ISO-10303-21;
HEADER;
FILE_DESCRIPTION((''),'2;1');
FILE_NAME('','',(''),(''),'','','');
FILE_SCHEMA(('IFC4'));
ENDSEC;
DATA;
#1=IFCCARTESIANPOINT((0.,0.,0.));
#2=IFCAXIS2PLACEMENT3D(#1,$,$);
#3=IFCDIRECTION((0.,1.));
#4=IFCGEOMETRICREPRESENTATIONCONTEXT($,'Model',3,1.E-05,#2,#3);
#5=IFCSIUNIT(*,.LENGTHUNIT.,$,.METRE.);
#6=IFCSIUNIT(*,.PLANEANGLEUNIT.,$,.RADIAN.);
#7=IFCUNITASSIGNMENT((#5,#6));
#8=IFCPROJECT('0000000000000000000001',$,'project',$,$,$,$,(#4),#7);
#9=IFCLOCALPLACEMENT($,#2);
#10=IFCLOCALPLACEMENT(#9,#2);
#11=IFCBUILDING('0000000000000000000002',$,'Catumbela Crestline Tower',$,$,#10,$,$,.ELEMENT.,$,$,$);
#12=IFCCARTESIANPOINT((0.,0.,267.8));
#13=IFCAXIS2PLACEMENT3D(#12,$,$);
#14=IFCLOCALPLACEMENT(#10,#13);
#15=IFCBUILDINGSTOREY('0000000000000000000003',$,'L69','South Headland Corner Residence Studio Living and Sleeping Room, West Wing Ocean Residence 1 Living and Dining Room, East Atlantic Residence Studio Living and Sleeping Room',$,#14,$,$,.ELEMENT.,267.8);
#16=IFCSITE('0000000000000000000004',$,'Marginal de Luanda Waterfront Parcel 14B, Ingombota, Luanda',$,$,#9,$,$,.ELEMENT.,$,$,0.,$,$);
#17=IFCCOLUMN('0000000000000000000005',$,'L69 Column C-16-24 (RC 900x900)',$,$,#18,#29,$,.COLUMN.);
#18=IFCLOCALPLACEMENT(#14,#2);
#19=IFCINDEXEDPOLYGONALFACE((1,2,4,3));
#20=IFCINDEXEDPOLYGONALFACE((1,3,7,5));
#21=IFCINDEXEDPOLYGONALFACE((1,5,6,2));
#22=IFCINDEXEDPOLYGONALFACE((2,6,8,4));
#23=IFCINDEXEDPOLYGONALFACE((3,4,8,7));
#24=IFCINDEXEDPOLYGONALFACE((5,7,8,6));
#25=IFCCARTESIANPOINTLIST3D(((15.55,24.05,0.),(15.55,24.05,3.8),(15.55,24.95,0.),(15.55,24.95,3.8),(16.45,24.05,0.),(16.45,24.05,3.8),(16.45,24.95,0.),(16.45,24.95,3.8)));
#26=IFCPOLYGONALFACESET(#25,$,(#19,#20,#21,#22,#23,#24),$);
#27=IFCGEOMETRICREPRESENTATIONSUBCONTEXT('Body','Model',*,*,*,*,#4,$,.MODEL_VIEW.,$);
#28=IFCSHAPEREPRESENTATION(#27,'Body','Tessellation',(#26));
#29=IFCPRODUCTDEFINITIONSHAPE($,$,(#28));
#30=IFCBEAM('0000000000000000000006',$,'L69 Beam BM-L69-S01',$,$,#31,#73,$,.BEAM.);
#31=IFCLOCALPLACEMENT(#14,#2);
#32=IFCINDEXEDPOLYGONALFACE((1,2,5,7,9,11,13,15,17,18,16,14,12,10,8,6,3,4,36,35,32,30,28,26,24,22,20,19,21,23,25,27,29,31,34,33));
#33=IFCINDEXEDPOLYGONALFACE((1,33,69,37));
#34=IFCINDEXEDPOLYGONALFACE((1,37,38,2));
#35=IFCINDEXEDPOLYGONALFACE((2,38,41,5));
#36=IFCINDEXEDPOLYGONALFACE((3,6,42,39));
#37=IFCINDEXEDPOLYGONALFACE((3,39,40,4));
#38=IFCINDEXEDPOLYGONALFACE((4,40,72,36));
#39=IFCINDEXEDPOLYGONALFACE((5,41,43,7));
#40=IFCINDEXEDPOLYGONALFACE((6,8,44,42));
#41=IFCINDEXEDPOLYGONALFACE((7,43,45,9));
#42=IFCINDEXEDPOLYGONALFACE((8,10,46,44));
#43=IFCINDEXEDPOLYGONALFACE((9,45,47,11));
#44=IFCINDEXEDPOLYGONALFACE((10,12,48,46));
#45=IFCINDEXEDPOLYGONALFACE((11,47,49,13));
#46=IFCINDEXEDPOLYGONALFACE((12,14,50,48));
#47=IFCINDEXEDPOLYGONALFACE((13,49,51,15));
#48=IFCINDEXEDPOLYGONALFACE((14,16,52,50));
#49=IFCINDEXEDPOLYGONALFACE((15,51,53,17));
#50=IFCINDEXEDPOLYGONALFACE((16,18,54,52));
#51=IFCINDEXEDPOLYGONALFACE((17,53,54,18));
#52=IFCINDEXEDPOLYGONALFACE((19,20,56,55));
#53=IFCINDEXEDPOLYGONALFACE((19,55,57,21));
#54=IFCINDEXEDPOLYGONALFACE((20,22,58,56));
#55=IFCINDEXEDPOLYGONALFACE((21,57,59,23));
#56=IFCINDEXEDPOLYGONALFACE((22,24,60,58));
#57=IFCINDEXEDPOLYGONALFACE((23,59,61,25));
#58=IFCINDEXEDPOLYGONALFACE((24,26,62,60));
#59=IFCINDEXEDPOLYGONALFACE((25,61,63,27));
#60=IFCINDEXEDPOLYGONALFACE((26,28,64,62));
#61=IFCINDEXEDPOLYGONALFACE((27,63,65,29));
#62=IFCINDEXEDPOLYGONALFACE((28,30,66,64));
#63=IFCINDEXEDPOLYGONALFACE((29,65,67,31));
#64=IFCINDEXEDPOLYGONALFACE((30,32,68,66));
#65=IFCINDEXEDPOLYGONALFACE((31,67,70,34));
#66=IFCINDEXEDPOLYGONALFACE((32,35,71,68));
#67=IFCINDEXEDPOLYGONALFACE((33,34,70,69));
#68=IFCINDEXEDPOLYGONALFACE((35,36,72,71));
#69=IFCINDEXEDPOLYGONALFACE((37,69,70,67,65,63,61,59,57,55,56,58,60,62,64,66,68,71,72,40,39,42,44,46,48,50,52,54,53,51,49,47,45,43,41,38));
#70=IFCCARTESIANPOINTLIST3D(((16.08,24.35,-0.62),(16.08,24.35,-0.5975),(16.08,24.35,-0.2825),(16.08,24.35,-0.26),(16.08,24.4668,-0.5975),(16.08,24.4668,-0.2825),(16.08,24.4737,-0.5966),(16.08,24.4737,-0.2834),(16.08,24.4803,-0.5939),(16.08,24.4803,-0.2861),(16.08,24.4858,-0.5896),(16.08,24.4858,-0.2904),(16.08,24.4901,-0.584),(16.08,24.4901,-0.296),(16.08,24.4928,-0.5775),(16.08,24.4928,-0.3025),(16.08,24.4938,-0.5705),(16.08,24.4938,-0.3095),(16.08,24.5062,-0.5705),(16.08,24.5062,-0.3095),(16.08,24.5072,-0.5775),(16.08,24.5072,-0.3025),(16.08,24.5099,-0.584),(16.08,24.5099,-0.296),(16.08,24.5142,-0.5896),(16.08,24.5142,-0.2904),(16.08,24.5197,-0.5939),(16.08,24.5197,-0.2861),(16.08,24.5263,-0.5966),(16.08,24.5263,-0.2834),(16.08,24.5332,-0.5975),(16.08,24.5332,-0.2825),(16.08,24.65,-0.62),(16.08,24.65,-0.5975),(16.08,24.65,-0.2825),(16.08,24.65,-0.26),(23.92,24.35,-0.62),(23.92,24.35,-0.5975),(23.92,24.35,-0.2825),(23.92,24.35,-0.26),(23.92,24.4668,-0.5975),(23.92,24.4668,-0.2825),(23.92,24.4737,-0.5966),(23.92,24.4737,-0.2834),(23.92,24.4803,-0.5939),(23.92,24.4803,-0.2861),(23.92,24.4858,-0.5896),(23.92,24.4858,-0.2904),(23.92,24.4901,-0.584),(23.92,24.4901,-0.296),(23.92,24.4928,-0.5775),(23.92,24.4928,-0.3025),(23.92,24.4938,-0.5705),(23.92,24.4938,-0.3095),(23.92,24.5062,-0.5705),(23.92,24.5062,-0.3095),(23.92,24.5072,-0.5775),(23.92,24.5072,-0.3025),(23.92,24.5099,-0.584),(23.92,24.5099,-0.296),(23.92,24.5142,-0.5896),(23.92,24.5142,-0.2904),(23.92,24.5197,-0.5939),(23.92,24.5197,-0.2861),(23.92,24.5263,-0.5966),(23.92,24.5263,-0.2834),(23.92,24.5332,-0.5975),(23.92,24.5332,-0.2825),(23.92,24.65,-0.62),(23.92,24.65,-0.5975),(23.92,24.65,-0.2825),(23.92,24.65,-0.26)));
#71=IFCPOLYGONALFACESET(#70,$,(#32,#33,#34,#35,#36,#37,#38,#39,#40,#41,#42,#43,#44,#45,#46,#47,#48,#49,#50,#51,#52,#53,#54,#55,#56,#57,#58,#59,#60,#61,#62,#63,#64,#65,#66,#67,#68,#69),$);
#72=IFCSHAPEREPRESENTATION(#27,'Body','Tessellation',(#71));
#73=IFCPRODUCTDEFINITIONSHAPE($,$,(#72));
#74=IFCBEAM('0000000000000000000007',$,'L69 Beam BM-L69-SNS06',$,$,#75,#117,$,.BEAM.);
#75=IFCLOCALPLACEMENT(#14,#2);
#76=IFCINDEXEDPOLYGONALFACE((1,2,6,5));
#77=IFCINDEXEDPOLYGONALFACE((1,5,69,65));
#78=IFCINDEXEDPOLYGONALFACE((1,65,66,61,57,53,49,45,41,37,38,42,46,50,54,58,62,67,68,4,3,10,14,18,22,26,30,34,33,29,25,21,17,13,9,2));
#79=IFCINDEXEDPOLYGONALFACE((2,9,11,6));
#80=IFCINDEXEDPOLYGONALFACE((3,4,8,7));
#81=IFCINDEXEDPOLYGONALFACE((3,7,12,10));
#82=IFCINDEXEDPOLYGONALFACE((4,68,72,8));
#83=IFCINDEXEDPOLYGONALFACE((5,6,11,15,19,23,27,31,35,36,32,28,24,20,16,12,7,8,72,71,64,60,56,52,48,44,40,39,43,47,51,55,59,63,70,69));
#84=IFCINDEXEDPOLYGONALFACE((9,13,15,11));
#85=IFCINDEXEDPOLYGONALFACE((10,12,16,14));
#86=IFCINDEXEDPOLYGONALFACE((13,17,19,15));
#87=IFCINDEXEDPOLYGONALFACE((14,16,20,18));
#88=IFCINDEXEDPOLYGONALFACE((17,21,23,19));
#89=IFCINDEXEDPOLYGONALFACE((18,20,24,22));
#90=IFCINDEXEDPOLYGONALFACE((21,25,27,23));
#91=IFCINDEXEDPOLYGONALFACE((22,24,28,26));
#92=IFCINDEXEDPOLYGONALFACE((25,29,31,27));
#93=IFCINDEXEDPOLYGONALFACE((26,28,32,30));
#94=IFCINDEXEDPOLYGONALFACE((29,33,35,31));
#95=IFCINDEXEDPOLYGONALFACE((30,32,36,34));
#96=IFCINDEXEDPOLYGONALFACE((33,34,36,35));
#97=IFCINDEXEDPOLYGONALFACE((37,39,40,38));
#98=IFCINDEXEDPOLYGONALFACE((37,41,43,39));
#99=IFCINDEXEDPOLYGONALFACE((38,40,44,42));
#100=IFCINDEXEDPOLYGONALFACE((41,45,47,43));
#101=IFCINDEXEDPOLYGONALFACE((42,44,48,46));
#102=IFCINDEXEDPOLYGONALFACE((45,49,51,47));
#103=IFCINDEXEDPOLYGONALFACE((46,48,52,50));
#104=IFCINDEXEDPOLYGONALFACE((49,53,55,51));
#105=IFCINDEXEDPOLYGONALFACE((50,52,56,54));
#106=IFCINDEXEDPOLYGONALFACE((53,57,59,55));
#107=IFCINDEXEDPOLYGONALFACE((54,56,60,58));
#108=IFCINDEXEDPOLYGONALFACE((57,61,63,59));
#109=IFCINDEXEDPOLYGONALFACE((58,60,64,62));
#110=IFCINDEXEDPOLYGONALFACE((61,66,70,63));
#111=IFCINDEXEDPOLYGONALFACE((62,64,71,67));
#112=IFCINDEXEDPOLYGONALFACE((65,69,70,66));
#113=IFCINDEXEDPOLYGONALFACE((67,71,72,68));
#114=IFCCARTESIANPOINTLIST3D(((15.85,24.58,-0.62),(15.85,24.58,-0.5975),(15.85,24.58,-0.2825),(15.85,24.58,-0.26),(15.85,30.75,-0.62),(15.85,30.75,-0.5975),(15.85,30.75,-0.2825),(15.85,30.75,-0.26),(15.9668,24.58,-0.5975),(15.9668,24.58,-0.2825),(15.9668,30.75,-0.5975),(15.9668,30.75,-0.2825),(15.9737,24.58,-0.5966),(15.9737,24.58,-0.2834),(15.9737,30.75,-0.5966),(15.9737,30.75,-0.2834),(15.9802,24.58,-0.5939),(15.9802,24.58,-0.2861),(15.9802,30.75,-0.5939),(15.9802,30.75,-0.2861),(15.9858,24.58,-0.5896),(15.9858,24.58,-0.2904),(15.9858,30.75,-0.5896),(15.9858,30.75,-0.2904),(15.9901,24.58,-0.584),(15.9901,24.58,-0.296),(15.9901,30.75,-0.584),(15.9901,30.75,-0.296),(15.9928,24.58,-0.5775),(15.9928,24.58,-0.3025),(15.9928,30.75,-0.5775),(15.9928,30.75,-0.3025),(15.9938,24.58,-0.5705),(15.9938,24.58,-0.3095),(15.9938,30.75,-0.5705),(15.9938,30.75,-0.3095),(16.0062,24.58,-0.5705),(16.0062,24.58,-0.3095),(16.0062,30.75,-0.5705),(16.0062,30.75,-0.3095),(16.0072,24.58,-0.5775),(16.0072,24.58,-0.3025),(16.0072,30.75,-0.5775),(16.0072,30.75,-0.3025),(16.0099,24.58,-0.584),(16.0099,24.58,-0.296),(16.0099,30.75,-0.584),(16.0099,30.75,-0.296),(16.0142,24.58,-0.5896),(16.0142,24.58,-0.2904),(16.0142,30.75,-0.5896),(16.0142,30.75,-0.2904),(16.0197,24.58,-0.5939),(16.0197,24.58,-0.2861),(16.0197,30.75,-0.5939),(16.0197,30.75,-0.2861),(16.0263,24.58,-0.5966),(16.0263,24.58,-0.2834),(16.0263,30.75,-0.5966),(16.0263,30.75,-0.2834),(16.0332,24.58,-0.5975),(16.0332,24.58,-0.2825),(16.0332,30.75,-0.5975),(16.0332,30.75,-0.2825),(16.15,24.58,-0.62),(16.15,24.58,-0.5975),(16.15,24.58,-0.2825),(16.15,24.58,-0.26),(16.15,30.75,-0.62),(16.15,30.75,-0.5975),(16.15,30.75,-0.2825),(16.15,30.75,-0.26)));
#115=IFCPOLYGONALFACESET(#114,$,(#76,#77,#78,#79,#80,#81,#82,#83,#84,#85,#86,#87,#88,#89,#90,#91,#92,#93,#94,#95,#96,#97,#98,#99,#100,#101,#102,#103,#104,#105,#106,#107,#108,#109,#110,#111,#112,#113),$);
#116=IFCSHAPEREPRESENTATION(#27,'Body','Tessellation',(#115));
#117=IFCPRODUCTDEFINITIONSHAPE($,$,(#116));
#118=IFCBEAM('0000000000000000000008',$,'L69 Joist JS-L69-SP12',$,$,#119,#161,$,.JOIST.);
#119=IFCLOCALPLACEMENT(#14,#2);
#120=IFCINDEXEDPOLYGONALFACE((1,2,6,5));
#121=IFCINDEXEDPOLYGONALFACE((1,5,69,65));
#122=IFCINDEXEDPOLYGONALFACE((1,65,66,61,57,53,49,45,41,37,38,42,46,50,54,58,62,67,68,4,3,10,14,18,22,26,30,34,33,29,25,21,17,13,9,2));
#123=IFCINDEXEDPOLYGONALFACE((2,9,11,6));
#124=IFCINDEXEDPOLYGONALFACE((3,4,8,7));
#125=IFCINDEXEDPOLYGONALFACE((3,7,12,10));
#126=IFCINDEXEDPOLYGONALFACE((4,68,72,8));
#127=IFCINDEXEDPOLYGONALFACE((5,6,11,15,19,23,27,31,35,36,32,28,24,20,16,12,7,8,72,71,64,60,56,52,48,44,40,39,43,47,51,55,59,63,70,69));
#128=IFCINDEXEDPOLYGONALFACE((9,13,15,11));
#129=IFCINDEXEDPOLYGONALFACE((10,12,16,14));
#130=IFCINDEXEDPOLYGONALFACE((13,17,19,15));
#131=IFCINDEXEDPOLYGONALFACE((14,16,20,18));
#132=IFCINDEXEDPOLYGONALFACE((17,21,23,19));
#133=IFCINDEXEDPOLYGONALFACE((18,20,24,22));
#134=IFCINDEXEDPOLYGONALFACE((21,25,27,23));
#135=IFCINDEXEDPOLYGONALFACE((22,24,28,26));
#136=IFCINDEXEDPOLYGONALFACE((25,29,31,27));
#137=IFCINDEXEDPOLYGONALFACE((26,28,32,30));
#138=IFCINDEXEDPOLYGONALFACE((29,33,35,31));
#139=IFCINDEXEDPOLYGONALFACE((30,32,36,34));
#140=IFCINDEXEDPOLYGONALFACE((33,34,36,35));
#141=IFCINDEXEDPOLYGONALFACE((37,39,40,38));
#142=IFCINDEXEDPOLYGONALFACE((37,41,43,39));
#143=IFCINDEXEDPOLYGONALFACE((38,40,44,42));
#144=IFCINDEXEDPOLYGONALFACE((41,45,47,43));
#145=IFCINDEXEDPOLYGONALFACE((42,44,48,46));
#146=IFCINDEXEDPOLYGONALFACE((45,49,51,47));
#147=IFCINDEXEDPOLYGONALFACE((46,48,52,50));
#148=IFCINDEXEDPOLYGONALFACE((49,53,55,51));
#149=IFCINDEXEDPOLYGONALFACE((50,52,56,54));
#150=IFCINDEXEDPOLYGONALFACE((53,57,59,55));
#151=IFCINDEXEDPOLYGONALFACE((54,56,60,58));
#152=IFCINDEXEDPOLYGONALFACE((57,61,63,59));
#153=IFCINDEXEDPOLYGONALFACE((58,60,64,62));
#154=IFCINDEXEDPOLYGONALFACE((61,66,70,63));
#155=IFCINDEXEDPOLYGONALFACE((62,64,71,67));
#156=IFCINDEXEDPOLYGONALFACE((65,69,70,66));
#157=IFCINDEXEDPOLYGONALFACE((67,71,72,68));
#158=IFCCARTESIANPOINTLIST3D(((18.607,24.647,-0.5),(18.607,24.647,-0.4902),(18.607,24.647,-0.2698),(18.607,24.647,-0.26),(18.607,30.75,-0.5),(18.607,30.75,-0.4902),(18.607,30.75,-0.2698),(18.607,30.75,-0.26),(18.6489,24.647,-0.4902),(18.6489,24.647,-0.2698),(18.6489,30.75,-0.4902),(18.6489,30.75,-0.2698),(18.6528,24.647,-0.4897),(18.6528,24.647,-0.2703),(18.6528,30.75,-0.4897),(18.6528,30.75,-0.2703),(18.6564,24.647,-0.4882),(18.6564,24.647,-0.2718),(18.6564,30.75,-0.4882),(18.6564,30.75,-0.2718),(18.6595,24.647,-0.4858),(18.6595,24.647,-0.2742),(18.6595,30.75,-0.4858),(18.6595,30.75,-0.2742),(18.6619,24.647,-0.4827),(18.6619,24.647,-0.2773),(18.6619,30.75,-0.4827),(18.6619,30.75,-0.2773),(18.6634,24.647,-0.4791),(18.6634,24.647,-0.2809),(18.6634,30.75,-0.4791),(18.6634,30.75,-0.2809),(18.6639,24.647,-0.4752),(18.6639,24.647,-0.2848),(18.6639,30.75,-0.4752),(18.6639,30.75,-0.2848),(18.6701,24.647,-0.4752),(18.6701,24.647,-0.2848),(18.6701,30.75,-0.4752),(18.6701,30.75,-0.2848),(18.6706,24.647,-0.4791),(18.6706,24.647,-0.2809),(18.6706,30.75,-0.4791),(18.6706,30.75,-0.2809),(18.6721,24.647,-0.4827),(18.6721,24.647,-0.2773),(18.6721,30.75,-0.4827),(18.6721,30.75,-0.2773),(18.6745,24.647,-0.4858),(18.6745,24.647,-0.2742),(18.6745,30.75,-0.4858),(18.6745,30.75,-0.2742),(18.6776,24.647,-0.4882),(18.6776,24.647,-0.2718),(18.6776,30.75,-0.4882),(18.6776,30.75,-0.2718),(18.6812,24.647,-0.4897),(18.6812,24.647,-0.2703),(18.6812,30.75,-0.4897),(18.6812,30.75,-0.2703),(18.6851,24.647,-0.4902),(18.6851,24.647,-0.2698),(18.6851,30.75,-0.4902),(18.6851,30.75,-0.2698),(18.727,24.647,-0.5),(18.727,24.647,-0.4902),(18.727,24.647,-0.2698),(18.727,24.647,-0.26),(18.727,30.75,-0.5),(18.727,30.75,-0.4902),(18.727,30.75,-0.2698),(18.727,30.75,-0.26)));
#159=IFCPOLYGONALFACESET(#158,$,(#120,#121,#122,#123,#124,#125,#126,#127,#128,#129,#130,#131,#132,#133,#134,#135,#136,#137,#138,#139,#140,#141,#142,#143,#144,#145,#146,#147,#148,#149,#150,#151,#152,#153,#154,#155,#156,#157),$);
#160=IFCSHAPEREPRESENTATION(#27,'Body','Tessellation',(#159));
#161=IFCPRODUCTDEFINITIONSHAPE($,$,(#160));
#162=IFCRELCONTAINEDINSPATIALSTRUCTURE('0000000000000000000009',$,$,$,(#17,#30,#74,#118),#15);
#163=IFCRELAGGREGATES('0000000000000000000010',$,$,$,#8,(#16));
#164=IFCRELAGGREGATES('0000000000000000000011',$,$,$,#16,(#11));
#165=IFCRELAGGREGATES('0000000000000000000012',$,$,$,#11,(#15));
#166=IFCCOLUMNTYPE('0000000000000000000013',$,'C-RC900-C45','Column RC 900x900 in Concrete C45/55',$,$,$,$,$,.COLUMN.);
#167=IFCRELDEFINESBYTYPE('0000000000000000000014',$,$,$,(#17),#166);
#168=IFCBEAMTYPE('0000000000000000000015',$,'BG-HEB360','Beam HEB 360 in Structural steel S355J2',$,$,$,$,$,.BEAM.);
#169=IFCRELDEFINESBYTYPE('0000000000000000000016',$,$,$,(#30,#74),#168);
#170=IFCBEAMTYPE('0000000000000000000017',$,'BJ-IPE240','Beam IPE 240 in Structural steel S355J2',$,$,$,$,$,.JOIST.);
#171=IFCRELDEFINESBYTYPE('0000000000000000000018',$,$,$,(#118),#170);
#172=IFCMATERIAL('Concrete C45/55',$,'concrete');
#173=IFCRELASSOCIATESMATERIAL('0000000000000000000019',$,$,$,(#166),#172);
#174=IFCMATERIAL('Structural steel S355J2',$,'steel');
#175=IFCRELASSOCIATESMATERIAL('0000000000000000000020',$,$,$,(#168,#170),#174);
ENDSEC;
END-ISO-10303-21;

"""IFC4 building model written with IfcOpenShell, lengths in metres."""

from ifc_helpers import new_model, si_unit, direction, frame, origin, origin_2d, place, context, subcontext, project, spatial, rectangle, i_section, extrude, material, material_profile, profile_set, type_object, element, save


model = new_model("IFC4")

# Units and contexts
model_context = context("Model", 3, precision=1e-05, world=origin(), true_north=direction((0.0, 1.0)))
body_context = subcontext(model_context, "Body", "Model", "MODEL_VIEW")
ifc_project = project(units=[si_unit("LENGTHUNIT", "METRE"), si_unit("PLANEANGLEUNIT", "RADIAN")], contexts=[model_context])

# Site, building, storey
site_placement = place(None, origin())
site = spatial("IfcSite", under=ifc_project, at=site_placement, Name="Marginal de Luanda Waterfront Parcel 14B, Ingombota, Luanda", CompositionType="ELEMENT", RefElevation=0.0)
building_placement = place(site_placement, origin())
building = spatial("IfcBuilding", under=site, at=building_placement, Name="Catumbela Crestline Tower", CompositionType="ELEMENT")
storey_placement = place(building_placement, frame((0.0, 0.0, 267.8)))
storey = spatial("IfcBuildingStorey", under=building, at=storey_placement, Name="L69", Description="South Headland Corner Residence Studio Living and Sleeping Room, West Wing Ocean Residence 1 Living and Dining Room, East Atlantic Residence Studio Living and Sleeping Room", CompositionType="ELEMENT", Elevation=267.8)

# Column
ifc_material_1 = material(Name="Concrete C45/55", Category="concrete")
ifc_material_profile_1 = material_profile(ifc_material_1, rectangle(XDim=0.9, YDim=0.9, at=origin_2d()), Name="RC 900x900")
ifc_profile_set_1 = profile_set([ifc_material_profile_1], Name="Concrete C45/55")
column_type = type_object("IfcColumnType", Name="C-RC900-C45", Description="Column RC 900x900 in Concrete C45/55", PredefinedType="COLUMN", material=ifc_profile_set_1)
column_placement = place(storey_placement, frame((16.0, 24.5, 0.0), z_axis=(0.0, 0.0, 1.0), x_axis=(1.0, 0.0, 0.0)))
element("IfcColumn", 1, at=column_placement, inside=storey, type_object=column_type, Name="L69 Column C-16-24 (RC 900x900)", PredefinedType="COLUMN", context=body_context, shape_type="SweptSolid", body=[
    extrude(rectangle(XDim=0.9, YDim=0.9, at=origin_2d()), origin(), (0.0, 0.0, 1.0), 3.8),
])

# Beams
ifc_material_2 = material(Name="Structural steel S355J2", Category="steel")
ifc_material_profile_2 = material_profile(ifc_material_2, i_section(OverallWidth=0.3, OverallDepth=0.36, WebThickness=0.0125, FlangeThickness=0.0225, FilletRadius=0.027, at=origin_2d()), Name="HEB 360")
ifc_profile_set_2 = profile_set([ifc_material_profile_2], Name="Structural steel S355J2")
beam_type_1 = type_object("IfcBeamType", Name="BG-HEB360", Description="Beam HEB 360 in Structural steel S355J2", PredefinedType="BEAM", material=ifc_profile_set_2)
beam_1_placement = place(storey_placement, frame((16.08, 24.5, -0.44), z_axis=(1.0, 0.0, 0.0), x_axis=(0.0, 1.0, 0.0)))
element("IfcBeam", 2, at=beam_1_placement, inside=storey, type_object=beam_type_1, Name="L69 Beam BM-L69-S01", PredefinedType="BEAM", context=body_context, shape_type="SweptSolid", body=[
    extrude(i_section(OverallWidth=0.3, OverallDepth=0.36, WebThickness=0.0125, FlangeThickness=0.0225, FilletRadius=0.027, at=origin_2d()), origin(), (0.0, 0.0, 1.0), 7.84),
])
beam_2_placement = place(storey_placement, frame((16.0, 24.58, -0.44), z_axis=(0.0, 1.0, 0.0), x_axis=(-1.0, 0.0, 0.0)))
element("IfcBeam", 3, at=beam_2_placement, inside=storey, type_object=beam_type_1, Name="L69 Beam BM-L69-SNS06", PredefinedType="BEAM", context=body_context, shape_type="SweptSolid", body=[
    extrude(i_section(OverallWidth=0.3, OverallDepth=0.36, WebThickness=0.0125, FlangeThickness=0.0225, FilletRadius=0.027, at=origin_2d()), origin(), (0.0, 0.0, 1.0), 6.17),
])
ifc_material_profile_3 = material_profile(ifc_material_2, i_section(OverallWidth=0.12, OverallDepth=0.24, WebThickness=0.0062, FlangeThickness=0.0098, FilletRadius=0.015, at=origin_2d()), Name="IPE 240")
ifc_profile_set_3 = profile_set([ifc_material_profile_3], Name="Structural steel S355J2")
beam_type_2 = type_object("IfcBeamType", Name="BJ-IPE240", Description="Beam IPE 240 in Structural steel S355J2", PredefinedType="JOIST", material=ifc_profile_set_3)
for number, where, z_axis, x_axis, name in (
    (4, (18.667, 24.647, -0.38), (0.0, 1.0, 0.0), (-1.0, 0.0, 0.0), "L69 Joist JS-L69-SP12"),
):
    element("IfcBeam", number, at=place(storey_placement, frame(where, z_axis=z_axis, x_axis=x_axis)), inside=storey, type_object=beam_type_2, Name=name, PredefinedType="JOIST", context=body_context, shape_type="SweptSolid", body=[
        extrude(i_section(OverallWidth=0.12, OverallDepth=0.24, WebThickness=0.0062, FlangeThickness=0.0098, FilletRadius=0.015, at=origin_2d()), origin(), (0.0, 0.0, 1.0), 6.103),
    ])

save(model, "model.ifc")
